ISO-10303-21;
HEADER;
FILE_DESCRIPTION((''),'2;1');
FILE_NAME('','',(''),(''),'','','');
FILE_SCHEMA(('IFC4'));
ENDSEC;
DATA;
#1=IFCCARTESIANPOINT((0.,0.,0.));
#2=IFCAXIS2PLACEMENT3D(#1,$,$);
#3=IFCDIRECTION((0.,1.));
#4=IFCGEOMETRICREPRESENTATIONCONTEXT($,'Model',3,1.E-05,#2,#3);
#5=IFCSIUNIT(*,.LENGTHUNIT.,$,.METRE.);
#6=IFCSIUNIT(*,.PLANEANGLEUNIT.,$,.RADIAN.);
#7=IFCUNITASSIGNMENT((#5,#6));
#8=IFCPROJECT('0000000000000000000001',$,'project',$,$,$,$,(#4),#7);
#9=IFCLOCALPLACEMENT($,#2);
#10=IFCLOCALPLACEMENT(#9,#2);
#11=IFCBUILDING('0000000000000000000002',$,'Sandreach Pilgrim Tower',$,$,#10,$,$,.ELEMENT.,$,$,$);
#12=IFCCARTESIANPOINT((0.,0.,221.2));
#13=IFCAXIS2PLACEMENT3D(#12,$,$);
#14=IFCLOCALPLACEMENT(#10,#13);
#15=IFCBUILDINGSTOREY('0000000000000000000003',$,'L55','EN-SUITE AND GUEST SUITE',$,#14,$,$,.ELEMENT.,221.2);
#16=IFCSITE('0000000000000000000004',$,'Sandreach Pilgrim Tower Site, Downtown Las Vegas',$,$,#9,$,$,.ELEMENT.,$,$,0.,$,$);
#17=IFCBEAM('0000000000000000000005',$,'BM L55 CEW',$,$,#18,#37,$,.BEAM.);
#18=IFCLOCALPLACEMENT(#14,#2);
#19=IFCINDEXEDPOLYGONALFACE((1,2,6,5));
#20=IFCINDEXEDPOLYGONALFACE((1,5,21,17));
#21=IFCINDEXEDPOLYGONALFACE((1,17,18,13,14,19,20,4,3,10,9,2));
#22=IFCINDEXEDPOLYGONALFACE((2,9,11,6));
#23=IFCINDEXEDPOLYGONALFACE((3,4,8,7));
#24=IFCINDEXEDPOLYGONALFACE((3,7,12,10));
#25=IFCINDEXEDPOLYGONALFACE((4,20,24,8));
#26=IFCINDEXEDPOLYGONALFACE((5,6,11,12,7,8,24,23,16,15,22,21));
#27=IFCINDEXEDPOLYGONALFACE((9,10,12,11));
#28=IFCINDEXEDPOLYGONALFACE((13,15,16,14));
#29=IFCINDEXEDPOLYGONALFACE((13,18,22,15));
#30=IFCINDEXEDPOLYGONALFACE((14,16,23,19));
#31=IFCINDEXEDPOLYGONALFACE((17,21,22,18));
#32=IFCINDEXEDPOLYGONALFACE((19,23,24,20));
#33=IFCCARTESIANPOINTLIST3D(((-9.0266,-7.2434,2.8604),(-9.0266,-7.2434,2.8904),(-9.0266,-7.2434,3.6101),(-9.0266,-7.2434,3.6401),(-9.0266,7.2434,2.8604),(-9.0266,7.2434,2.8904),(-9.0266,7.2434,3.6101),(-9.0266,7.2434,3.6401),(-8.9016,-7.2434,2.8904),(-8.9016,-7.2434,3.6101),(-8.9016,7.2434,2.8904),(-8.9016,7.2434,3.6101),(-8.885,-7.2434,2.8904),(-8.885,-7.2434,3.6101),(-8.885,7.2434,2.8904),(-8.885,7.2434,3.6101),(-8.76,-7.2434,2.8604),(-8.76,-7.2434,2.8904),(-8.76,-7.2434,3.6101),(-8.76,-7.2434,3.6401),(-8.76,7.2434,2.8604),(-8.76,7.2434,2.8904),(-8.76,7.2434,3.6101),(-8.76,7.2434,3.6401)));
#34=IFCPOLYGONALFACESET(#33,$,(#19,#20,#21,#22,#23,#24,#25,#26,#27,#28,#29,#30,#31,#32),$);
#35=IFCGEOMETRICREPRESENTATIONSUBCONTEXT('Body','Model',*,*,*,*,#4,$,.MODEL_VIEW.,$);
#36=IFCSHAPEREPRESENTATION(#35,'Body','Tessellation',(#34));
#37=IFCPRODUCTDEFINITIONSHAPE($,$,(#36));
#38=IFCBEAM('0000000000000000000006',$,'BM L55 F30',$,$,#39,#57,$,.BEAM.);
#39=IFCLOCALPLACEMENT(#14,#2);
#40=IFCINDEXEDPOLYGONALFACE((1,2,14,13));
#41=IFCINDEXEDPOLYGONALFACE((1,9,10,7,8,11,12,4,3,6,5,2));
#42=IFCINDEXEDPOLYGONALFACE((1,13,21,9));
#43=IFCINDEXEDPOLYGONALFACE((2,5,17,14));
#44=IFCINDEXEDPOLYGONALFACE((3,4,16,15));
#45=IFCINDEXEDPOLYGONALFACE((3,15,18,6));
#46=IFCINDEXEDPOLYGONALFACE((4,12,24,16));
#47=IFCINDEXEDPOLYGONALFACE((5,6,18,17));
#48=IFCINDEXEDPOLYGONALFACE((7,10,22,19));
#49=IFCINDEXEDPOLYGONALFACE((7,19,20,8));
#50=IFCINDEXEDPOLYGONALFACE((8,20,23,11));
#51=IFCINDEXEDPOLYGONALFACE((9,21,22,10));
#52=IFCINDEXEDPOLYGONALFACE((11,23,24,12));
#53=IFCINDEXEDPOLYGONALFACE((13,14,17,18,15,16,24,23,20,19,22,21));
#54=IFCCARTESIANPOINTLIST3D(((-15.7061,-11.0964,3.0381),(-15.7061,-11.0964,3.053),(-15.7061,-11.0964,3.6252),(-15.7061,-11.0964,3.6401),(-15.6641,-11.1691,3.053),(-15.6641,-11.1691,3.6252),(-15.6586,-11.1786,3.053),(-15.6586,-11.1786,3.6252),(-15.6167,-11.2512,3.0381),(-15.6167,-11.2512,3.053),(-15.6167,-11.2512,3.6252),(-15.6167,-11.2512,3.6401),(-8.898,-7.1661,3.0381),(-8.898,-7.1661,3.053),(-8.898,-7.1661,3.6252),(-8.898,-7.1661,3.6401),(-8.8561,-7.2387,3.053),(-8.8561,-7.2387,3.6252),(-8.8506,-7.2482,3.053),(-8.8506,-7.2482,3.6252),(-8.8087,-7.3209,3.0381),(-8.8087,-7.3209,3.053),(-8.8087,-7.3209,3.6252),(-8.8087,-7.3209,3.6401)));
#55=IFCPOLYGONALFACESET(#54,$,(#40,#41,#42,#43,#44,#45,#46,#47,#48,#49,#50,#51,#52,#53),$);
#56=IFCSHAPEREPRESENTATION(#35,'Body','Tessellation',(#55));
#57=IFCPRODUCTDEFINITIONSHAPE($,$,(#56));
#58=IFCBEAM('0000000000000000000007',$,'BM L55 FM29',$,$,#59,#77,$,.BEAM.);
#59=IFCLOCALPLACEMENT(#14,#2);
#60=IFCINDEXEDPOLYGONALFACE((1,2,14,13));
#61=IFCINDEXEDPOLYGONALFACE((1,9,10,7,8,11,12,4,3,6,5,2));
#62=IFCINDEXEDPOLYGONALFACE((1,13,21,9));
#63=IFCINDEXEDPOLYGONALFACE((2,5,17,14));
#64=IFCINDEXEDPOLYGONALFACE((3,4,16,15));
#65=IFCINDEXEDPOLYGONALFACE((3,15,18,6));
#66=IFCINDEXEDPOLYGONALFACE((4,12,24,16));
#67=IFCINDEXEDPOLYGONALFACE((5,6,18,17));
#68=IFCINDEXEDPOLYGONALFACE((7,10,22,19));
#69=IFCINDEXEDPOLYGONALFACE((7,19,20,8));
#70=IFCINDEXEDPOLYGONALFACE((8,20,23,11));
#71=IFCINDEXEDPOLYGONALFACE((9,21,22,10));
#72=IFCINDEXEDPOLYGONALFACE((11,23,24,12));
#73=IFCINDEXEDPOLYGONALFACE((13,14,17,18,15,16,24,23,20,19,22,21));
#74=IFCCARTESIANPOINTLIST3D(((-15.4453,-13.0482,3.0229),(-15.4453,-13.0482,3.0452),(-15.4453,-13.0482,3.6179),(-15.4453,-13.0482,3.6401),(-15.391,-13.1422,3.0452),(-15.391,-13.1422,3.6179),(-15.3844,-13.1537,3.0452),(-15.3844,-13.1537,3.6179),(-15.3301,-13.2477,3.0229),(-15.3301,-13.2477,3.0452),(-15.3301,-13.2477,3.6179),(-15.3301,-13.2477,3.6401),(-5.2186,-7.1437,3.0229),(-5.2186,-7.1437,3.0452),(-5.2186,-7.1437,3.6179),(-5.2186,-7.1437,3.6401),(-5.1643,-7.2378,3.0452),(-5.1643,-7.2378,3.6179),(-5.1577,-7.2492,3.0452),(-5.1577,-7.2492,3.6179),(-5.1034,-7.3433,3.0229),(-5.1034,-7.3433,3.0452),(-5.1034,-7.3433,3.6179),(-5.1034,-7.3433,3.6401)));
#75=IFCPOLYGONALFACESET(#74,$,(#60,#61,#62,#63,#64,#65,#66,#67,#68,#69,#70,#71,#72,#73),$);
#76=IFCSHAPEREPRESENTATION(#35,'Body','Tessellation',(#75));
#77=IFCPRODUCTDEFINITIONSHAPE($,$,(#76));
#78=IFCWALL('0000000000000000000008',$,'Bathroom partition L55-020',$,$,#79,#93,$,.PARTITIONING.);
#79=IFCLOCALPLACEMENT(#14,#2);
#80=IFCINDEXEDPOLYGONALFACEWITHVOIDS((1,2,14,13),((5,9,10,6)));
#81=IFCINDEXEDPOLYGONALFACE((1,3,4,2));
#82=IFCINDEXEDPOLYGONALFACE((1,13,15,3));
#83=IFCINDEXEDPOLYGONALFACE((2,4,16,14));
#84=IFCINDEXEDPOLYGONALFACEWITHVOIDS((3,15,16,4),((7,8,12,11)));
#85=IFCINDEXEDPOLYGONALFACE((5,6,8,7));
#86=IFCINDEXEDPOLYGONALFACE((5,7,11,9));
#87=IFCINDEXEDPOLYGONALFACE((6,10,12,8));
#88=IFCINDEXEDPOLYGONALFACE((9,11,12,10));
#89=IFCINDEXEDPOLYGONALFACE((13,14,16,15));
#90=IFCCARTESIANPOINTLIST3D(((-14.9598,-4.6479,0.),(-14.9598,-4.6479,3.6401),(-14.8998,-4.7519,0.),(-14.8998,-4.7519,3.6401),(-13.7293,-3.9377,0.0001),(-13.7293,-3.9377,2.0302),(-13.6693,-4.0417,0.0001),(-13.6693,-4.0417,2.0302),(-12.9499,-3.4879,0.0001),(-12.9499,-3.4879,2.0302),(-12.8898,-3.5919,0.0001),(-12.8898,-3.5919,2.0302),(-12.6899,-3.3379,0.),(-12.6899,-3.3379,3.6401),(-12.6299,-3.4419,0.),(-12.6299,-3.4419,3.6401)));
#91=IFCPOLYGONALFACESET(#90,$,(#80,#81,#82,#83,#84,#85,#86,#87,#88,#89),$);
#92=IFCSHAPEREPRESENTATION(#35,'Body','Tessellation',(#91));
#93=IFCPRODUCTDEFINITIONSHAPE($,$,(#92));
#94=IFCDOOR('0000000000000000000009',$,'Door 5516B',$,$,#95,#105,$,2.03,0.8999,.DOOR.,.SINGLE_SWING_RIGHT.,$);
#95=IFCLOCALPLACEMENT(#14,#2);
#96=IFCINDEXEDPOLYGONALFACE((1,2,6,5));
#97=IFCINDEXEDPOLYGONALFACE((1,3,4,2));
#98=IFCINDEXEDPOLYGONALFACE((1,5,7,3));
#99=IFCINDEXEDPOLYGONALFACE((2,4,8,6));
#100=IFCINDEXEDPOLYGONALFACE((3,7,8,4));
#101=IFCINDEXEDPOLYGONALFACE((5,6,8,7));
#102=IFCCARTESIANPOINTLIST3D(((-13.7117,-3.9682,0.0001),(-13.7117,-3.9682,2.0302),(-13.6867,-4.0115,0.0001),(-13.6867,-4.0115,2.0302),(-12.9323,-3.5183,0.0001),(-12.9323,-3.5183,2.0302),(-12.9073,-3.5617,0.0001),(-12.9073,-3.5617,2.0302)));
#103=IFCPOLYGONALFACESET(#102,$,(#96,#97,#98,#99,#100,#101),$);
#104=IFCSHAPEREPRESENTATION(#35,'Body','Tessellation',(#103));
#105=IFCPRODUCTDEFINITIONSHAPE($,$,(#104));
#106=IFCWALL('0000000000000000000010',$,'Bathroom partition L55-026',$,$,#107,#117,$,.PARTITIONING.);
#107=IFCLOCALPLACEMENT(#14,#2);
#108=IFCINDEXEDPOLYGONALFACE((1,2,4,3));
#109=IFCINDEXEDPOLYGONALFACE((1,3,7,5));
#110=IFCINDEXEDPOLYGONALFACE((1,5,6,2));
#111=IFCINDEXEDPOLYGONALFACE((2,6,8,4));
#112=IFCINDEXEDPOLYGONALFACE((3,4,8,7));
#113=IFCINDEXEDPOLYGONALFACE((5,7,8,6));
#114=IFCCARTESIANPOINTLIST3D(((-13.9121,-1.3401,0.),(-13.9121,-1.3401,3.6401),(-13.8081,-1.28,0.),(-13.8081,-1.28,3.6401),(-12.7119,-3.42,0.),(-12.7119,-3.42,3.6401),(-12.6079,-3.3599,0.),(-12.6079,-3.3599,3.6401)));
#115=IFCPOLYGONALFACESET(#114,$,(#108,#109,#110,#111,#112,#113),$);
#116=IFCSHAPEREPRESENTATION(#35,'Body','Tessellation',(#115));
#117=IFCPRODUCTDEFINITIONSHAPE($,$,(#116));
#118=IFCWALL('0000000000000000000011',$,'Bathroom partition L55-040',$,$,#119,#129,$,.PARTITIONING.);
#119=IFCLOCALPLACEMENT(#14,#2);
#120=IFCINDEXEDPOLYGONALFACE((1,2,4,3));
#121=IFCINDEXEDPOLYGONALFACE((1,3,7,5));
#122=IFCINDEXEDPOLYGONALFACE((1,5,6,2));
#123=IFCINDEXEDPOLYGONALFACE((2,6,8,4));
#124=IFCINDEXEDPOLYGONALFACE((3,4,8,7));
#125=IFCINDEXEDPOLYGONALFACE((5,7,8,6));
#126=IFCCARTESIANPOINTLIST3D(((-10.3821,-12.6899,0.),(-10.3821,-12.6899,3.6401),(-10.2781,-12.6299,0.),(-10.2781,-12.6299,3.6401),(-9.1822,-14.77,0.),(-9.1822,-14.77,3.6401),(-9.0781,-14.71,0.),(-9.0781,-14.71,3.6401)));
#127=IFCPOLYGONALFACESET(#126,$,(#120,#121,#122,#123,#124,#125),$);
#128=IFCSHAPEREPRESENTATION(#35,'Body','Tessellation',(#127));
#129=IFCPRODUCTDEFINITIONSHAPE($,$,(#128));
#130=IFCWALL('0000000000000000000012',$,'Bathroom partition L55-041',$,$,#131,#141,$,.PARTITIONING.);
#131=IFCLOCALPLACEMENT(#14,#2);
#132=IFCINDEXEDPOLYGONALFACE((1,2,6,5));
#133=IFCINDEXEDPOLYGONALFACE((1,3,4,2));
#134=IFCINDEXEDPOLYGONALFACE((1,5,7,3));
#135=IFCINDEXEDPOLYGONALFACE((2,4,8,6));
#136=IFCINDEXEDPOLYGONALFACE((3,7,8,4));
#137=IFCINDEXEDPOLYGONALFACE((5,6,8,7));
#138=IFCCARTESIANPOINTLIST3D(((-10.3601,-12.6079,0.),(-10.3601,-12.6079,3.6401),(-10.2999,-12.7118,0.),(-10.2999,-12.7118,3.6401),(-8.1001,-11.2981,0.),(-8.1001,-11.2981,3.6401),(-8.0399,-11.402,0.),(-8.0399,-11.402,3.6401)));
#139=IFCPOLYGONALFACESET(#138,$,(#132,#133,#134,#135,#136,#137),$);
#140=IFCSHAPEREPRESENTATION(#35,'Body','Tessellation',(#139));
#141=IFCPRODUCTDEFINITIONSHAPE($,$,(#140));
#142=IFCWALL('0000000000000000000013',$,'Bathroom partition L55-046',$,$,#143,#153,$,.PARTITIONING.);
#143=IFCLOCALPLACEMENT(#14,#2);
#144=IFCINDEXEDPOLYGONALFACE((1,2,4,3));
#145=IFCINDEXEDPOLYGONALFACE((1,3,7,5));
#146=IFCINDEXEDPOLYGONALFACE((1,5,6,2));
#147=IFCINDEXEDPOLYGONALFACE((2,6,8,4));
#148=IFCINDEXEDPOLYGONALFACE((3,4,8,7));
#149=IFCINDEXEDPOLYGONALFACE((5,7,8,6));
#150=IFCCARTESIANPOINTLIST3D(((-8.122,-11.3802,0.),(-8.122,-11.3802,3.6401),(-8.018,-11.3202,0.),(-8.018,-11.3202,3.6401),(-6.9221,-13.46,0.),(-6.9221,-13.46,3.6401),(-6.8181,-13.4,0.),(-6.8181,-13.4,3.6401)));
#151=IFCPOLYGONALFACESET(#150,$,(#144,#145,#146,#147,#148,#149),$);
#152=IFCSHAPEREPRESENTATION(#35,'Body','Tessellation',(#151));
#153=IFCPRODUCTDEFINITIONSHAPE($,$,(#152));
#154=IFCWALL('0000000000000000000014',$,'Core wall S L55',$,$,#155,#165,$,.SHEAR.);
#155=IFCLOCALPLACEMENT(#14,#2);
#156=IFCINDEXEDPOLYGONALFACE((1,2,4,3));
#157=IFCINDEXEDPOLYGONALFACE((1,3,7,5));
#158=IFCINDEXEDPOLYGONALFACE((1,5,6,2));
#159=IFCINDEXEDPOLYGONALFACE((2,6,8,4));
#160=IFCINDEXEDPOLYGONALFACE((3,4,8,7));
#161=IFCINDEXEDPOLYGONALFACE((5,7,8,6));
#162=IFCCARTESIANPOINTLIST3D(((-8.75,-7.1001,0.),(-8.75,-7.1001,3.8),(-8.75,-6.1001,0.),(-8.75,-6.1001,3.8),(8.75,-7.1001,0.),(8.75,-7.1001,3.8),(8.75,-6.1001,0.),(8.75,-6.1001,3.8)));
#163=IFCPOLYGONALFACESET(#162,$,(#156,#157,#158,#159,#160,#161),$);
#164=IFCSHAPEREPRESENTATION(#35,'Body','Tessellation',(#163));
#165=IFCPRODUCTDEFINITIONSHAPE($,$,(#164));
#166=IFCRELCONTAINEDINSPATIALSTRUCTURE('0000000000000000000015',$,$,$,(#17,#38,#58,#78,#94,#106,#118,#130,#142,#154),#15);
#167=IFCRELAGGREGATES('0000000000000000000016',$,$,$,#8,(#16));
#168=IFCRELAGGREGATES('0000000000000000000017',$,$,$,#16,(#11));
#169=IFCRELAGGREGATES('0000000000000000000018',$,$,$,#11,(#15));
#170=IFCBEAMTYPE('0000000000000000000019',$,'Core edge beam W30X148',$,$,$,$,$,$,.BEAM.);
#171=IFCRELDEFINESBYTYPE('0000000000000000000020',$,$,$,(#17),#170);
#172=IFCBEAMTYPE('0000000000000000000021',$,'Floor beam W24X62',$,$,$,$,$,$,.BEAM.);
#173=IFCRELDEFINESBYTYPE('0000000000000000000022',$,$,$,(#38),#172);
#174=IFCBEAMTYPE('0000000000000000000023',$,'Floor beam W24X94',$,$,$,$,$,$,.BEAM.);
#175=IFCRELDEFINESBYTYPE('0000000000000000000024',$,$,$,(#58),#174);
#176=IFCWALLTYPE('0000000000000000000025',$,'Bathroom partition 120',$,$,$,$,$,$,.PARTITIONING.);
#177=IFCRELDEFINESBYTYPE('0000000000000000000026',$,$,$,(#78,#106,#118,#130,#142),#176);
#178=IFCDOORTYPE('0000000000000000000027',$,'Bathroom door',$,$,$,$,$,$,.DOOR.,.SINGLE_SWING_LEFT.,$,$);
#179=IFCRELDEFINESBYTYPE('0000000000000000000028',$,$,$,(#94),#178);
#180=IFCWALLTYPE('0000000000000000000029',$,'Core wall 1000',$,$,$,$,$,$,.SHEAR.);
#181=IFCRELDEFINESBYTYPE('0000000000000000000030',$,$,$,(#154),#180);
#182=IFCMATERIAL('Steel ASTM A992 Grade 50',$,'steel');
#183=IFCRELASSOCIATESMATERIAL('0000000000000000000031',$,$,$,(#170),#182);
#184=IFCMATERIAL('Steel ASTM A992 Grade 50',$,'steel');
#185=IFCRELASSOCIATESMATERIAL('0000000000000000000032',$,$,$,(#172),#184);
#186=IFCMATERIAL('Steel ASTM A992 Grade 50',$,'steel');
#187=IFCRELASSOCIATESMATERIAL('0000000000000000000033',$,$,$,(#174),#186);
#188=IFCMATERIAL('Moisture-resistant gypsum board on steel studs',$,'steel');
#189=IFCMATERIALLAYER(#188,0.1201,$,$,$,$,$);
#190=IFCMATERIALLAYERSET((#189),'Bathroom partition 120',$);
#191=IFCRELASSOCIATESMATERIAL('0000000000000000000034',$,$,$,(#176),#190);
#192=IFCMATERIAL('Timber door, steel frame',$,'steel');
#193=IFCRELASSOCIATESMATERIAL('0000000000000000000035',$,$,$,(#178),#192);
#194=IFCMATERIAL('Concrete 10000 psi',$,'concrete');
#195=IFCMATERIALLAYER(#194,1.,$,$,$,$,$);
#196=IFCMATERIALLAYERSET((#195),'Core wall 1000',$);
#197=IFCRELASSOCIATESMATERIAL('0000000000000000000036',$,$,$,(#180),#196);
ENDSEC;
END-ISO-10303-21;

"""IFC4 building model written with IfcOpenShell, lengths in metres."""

from ifc_helpers import new_model, si_unit, direction, frame, frame_2d, origin, origin_2d, place, context, subcontext, project, spatial, rectangle, i_section, extrude, material, layer, layer_set, material_profile, profile_set, type_object, element, fill, save


model = new_model("IFC4")

# Units and contexts
model_context = context("Model", 3, precision=1e-05, world=origin(), true_north=direction((0.0, 1.0)))
body_context = subcontext(model_context, "Body", "Model", "MODEL_VIEW")
ifc_project = project(units=[si_unit("LENGTHUNIT", "METRE"), si_unit("PLANEANGLEUNIT", "RADIAN")], contexts=[model_context])

# Site, building, storey
site_placement = place(None, origin())
site = spatial("IfcSite", under=ifc_project, at=site_placement, Name="Sandreach Pilgrim Tower Site, Downtown Las Vegas", CompositionType="ELEMENT", RefElevation=0.0)
building_placement = place(site_placement, origin())
building = spatial("IfcBuilding", under=site, at=building_placement, Name="Sandreach Pilgrim Tower", CompositionType="ELEMENT")
storey_placement = place(building_placement, frame((0.0, 0.0, 221.2)))
storey = spatial("IfcBuildingStorey", under=building, at=storey_placement, Name="L55", Description="EN-SUITE AND GUEST SUITE", CompositionType="ELEMENT", Elevation=221.2)

# Beams
ifc_material_1 = material(Name="Steel ASTM A992 Grade 50", Category="steel")
ifc_material_profile_1 = material_profile(ifc_material_1, i_section(OverallWidth=0.2666, OverallDepth=0.7798, WebThickness=0.0166, FlangeThickness=0.03, at=origin_2d()), Name="W30X148")
ifc_profile_set_1 = profile_set([ifc_material_profile_1], Name="Steel ASTM A992 Grade 50")
beam_type_1 = type_object("IfcBeamType", Name="Core edge beam W30X148", PredefinedType="BEAM", material=ifc_profile_set_1)
beam_1_placement = place(storey_placement, frame((-8.8933, -7.2434, 3.2502), z_axis=(0.0, 1.0, 0.0), x_axis=(-1.0, 0.0, 0.0)))
element("IfcBeam", 1, at=beam_1_placement, inside=storey, type_object=beam_type_1, Name="BM L55 CEW", PredefinedType="BEAM", context=body_context, shape_type="SweptSolid", body=[
    extrude(i_section(OverallWidth=0.2666, OverallDepth=0.7798, WebThickness=0.0166, FlangeThickness=0.03, at=origin_2d()), origin(), (0.0, 0.0, 1.0), 14.4868),
])
ifc_material_2 = material(Name="Steel ASTM A992 Grade 50", Category="steel")
ifc_material_profile_2 = material_profile(ifc_material_2, i_section(OverallWidth=0.1787, OverallDepth=0.6021, WebThickness=0.011, FlangeThickness=0.0149, at=origin_2d()), Name="W24X62")
ifc_profile_set_2 = profile_set([ifc_material_profile_2], Name="Steel ASTM A992 Grade 50")
beam_type_2 = type_object("IfcBeamType", Name="Floor beam W24X62", PredefinedType="BEAM", material=ifc_profile_set_2)
beam_2_placement = place(storey_placement, frame((-15.6614, -11.1738, 3.3391), z_axis=(0.866039, 0.499977, 0.0), x_axis=(-0.499977, 0.866039, 0.0)))
element("IfcBeam", 2, at=beam_2_placement, inside=storey, type_object=beam_type_2, Name="BM L55 F30", PredefinedType="BEAM", context=body_context, shape_type="SweptSolid", body=[
    extrude(i_section(OverallWidth=0.1787, OverallDepth=0.6021, WebThickness=0.011, FlangeThickness=0.0149, at=origin_2d()), origin(), (0.0, 0.0, 1.0), 7.8611),
])
ifc_material_3 = material(Name="Steel ASTM A992 Grade 50", Category="steel")
ifc_material_profile_3 = material_profile(ifc_material_3, i_section(OverallWidth=0.2305, OverallDepth=0.6172, WebThickness=0.0132, FlangeThickness=0.0222, at=origin_2d()), Name="W24X94")
ifc_profile_set_3 = profile_set([ifc_material_profile_3], Name="Steel ASTM A992 Grade 50")
beam_type_3 = type_object("IfcBeamType", Name="Floor beam W24X94", PredefinedType="BEAM", material=ifc_profile_set_3)
beam_3_placement = place(storey_placement, frame((-15.3877, -13.1479, 3.3315), z_axis=(0.866022, 0.500006, 0.0), x_axis=(-0.500006, 0.866022, 0.0)))
element("IfcBeam", 3, at=beam_3_placement, inside=storey, type_object=beam_type_3, Name="BM L55 FM29", PredefinedType="BEAM", context=body_context, shape_type="SweptSolid", body=[
    extrude(i_section(OverallWidth=0.2305, OverallDepth=0.6172, WebThickness=0.0132, FlangeThickness=0.0222, at=origin_2d()), origin(), (0.0, 0.0, 1.0), 11.8088),
])

# Wall, opening, door
ifc_material_4 = material(Name="Moisture-resistant gypsum board on steel studs", Category="steel")
ifc_layer_1 = layer(ifc_material_4, 0.1201)
ifc_layer_set_1 = layer_set([ifc_layer_1], Name="Bathroom partition 120")
wall_type_1 = type_object("IfcWallType", Name="Bathroom partition 120", PredefinedType="PARTITIONING", material=ifc_layer_set_1)
wall_1_placement = place(storey_placement, frame((-14.9299, -4.7, 0.0), z_axis=(0.0, 0.0, 1.0), x_axis=(0.866114, 0.499846, 0.0)))
wall_1 = element("IfcWall", 4, at=wall_1_placement, inside=storey, type_object=wall_type_1, Name="Bathroom partition L55-020", PredefinedType="PARTITIONING", context=body_context, shape_type="SweptSolid", body=[
    extrude(rectangle(XDim=2.6208, YDim=0.1201, at=frame_2d((1.3105, 0.0))), origin(), (0.0, 0.0, 1.0), 3.6401),
])
opening_1_placement = place(wall_1_placement, frame((1.4209, 0.0, 0.0)))
opening_1 = element("IfcOpeningElement", 5, at=opening_1_placement, cuts=wall_1, PredefinedType="OPENING", context=body_context, shape_type="SweptSolid", body=[
    extrude(rectangle(XDim=0.8999, YDim=2.03, at=frame_2d((0.45, 1.0151))), frame((0.0, 0.0601, 0.0), z_axis=(0.0, -1.0, 0.0), x_axis=(1.0, 0.0, 0.0)), (0.0, 0.0, 1.0), 0.1201),
])
ifc_material_5 = material(Name="Timber door, steel frame", Category="steel")
door_type_1 = type_object("IfcDoorType", Name="Bathroom door", OperationType="SINGLE_SWING_LEFT", PredefinedType="DOOR", material=ifc_material_5)
door_1_placement = place(opening_1_placement, origin())
door_1 = element("IfcDoor", 6, at=door_1_placement, inside=storey, type_object=door_type_1, Name="Door 5516B", OperationType="SINGLE_SWING_RIGHT", OverallHeight=2.03, OverallWidth=0.8999, PredefinedType="DOOR", context=body_context, shape_type="SweptSolid", body=[
    extrude(rectangle(XDim=0.8999, YDim=2.03, at=frame_2d((0.45, 1.0151))), frame((0.0, 0.0249, 0.0), z_axis=(0.0, -1.0, 0.0), x_axis=(1.0, 0.0, 0.0)), (0.0, 0.0, 1.0), 0.05),
])
fill(opening_1, door_1)

# Walls
for number, where, z_axis, x_axis, name in (
    (7, (-13.8601, -1.3101, 0.0), (0.0, 0.0, 1.0), (0.499813, -0.866133, 0.0), "Bathroom partition L55-026"),
    (8, (-10.3301, -12.6599, 0.0), (0.0, 0.0, 1.0), (0.499693, -0.866203, 0.0), "Bathroom partition L55-040"),
):
    element("IfcWall", number, at=place(storey_placement, frame(where, z_axis=z_axis, x_axis=x_axis)), inside=storey, type_object=wall_type_1, Name=name, PredefinedType="PARTITIONING", context=body_context, shape_type="SweptSolid", body=[
        extrude(rectangle(XDim=2.4014, YDim=0.1201, at=frame_2d((1.2007, 0.0))), origin(), (0.0, 0.0, 1.0), 3.6401),
    ])
wall_2_placement = place(storey_placement, frame((-10.3301, -12.6599, 0.0), z_axis=(0.0, 0.0, 1.0), x_axis=(0.865196, 0.501434, 0.0)))
element("IfcWall", 9, at=wall_2_placement, inside=storey, type_object=wall_type_1, Name="Bathroom partition L55-041", PredefinedType="PARTITIONING", context=body_context, shape_type="SweptSolid", body=[
    extrude(rectangle(XDim=2.6121, YDim=0.1201, at=frame_2d((1.3062, 0.0))), origin(), (0.0, 0.0, 1.0), 3.6401),
])
wall_3_placement = place(storey_placement, frame((-8.0701, -11.3501, 0.0), z_axis=(0.0, 0.0, 1.0), x_axis=(0.499737, -0.866177, 0.0)))
element("IfcWall", 10, at=wall_3_placement, inside=storey, type_object=wall_type_1, Name="Bathroom partition L55-046", PredefinedType="PARTITIONING", context=body_context, shape_type="SweptSolid", body=[
    extrude(rectangle(XDim=2.4011, YDim=0.1201, at=frame_2d((1.2007, 0.0))), origin(), (0.0, 0.0, 1.0), 3.6401),
])
ifc_material_6 = material(Name="Concrete 10000 psi", Category="concrete")
ifc_layer_2 = layer(ifc_material_6, 1.0)
ifc_layer_set_2 = layer_set([ifc_layer_2], Name="Core wall 1000")
wall_type_2 = type_object("IfcWallType", Name="Core wall 1000", PredefinedType="SHEAR", material=ifc_layer_set_2)
wall_4_placement = place(storey_placement, frame((-8.75, -6.6001, 0.0), z_axis=(0.0, 0.0, 1.0), x_axis=(1.0, 0.0, 0.0)))
element("IfcWall", 11, at=wall_4_placement, inside=storey, type_object=wall_type_2, Name="Core wall S L55", PredefinedType="SHEAR", context=body_context, shape_type="SweptSolid", body=[
    extrude(rectangle(XDim=17.5, YDim=1.0, at=frame_2d((8.75, 0.0))), origin(), (0.0, 0.0, 1.0), 3.8),
])

save(model, "model.ifc")
